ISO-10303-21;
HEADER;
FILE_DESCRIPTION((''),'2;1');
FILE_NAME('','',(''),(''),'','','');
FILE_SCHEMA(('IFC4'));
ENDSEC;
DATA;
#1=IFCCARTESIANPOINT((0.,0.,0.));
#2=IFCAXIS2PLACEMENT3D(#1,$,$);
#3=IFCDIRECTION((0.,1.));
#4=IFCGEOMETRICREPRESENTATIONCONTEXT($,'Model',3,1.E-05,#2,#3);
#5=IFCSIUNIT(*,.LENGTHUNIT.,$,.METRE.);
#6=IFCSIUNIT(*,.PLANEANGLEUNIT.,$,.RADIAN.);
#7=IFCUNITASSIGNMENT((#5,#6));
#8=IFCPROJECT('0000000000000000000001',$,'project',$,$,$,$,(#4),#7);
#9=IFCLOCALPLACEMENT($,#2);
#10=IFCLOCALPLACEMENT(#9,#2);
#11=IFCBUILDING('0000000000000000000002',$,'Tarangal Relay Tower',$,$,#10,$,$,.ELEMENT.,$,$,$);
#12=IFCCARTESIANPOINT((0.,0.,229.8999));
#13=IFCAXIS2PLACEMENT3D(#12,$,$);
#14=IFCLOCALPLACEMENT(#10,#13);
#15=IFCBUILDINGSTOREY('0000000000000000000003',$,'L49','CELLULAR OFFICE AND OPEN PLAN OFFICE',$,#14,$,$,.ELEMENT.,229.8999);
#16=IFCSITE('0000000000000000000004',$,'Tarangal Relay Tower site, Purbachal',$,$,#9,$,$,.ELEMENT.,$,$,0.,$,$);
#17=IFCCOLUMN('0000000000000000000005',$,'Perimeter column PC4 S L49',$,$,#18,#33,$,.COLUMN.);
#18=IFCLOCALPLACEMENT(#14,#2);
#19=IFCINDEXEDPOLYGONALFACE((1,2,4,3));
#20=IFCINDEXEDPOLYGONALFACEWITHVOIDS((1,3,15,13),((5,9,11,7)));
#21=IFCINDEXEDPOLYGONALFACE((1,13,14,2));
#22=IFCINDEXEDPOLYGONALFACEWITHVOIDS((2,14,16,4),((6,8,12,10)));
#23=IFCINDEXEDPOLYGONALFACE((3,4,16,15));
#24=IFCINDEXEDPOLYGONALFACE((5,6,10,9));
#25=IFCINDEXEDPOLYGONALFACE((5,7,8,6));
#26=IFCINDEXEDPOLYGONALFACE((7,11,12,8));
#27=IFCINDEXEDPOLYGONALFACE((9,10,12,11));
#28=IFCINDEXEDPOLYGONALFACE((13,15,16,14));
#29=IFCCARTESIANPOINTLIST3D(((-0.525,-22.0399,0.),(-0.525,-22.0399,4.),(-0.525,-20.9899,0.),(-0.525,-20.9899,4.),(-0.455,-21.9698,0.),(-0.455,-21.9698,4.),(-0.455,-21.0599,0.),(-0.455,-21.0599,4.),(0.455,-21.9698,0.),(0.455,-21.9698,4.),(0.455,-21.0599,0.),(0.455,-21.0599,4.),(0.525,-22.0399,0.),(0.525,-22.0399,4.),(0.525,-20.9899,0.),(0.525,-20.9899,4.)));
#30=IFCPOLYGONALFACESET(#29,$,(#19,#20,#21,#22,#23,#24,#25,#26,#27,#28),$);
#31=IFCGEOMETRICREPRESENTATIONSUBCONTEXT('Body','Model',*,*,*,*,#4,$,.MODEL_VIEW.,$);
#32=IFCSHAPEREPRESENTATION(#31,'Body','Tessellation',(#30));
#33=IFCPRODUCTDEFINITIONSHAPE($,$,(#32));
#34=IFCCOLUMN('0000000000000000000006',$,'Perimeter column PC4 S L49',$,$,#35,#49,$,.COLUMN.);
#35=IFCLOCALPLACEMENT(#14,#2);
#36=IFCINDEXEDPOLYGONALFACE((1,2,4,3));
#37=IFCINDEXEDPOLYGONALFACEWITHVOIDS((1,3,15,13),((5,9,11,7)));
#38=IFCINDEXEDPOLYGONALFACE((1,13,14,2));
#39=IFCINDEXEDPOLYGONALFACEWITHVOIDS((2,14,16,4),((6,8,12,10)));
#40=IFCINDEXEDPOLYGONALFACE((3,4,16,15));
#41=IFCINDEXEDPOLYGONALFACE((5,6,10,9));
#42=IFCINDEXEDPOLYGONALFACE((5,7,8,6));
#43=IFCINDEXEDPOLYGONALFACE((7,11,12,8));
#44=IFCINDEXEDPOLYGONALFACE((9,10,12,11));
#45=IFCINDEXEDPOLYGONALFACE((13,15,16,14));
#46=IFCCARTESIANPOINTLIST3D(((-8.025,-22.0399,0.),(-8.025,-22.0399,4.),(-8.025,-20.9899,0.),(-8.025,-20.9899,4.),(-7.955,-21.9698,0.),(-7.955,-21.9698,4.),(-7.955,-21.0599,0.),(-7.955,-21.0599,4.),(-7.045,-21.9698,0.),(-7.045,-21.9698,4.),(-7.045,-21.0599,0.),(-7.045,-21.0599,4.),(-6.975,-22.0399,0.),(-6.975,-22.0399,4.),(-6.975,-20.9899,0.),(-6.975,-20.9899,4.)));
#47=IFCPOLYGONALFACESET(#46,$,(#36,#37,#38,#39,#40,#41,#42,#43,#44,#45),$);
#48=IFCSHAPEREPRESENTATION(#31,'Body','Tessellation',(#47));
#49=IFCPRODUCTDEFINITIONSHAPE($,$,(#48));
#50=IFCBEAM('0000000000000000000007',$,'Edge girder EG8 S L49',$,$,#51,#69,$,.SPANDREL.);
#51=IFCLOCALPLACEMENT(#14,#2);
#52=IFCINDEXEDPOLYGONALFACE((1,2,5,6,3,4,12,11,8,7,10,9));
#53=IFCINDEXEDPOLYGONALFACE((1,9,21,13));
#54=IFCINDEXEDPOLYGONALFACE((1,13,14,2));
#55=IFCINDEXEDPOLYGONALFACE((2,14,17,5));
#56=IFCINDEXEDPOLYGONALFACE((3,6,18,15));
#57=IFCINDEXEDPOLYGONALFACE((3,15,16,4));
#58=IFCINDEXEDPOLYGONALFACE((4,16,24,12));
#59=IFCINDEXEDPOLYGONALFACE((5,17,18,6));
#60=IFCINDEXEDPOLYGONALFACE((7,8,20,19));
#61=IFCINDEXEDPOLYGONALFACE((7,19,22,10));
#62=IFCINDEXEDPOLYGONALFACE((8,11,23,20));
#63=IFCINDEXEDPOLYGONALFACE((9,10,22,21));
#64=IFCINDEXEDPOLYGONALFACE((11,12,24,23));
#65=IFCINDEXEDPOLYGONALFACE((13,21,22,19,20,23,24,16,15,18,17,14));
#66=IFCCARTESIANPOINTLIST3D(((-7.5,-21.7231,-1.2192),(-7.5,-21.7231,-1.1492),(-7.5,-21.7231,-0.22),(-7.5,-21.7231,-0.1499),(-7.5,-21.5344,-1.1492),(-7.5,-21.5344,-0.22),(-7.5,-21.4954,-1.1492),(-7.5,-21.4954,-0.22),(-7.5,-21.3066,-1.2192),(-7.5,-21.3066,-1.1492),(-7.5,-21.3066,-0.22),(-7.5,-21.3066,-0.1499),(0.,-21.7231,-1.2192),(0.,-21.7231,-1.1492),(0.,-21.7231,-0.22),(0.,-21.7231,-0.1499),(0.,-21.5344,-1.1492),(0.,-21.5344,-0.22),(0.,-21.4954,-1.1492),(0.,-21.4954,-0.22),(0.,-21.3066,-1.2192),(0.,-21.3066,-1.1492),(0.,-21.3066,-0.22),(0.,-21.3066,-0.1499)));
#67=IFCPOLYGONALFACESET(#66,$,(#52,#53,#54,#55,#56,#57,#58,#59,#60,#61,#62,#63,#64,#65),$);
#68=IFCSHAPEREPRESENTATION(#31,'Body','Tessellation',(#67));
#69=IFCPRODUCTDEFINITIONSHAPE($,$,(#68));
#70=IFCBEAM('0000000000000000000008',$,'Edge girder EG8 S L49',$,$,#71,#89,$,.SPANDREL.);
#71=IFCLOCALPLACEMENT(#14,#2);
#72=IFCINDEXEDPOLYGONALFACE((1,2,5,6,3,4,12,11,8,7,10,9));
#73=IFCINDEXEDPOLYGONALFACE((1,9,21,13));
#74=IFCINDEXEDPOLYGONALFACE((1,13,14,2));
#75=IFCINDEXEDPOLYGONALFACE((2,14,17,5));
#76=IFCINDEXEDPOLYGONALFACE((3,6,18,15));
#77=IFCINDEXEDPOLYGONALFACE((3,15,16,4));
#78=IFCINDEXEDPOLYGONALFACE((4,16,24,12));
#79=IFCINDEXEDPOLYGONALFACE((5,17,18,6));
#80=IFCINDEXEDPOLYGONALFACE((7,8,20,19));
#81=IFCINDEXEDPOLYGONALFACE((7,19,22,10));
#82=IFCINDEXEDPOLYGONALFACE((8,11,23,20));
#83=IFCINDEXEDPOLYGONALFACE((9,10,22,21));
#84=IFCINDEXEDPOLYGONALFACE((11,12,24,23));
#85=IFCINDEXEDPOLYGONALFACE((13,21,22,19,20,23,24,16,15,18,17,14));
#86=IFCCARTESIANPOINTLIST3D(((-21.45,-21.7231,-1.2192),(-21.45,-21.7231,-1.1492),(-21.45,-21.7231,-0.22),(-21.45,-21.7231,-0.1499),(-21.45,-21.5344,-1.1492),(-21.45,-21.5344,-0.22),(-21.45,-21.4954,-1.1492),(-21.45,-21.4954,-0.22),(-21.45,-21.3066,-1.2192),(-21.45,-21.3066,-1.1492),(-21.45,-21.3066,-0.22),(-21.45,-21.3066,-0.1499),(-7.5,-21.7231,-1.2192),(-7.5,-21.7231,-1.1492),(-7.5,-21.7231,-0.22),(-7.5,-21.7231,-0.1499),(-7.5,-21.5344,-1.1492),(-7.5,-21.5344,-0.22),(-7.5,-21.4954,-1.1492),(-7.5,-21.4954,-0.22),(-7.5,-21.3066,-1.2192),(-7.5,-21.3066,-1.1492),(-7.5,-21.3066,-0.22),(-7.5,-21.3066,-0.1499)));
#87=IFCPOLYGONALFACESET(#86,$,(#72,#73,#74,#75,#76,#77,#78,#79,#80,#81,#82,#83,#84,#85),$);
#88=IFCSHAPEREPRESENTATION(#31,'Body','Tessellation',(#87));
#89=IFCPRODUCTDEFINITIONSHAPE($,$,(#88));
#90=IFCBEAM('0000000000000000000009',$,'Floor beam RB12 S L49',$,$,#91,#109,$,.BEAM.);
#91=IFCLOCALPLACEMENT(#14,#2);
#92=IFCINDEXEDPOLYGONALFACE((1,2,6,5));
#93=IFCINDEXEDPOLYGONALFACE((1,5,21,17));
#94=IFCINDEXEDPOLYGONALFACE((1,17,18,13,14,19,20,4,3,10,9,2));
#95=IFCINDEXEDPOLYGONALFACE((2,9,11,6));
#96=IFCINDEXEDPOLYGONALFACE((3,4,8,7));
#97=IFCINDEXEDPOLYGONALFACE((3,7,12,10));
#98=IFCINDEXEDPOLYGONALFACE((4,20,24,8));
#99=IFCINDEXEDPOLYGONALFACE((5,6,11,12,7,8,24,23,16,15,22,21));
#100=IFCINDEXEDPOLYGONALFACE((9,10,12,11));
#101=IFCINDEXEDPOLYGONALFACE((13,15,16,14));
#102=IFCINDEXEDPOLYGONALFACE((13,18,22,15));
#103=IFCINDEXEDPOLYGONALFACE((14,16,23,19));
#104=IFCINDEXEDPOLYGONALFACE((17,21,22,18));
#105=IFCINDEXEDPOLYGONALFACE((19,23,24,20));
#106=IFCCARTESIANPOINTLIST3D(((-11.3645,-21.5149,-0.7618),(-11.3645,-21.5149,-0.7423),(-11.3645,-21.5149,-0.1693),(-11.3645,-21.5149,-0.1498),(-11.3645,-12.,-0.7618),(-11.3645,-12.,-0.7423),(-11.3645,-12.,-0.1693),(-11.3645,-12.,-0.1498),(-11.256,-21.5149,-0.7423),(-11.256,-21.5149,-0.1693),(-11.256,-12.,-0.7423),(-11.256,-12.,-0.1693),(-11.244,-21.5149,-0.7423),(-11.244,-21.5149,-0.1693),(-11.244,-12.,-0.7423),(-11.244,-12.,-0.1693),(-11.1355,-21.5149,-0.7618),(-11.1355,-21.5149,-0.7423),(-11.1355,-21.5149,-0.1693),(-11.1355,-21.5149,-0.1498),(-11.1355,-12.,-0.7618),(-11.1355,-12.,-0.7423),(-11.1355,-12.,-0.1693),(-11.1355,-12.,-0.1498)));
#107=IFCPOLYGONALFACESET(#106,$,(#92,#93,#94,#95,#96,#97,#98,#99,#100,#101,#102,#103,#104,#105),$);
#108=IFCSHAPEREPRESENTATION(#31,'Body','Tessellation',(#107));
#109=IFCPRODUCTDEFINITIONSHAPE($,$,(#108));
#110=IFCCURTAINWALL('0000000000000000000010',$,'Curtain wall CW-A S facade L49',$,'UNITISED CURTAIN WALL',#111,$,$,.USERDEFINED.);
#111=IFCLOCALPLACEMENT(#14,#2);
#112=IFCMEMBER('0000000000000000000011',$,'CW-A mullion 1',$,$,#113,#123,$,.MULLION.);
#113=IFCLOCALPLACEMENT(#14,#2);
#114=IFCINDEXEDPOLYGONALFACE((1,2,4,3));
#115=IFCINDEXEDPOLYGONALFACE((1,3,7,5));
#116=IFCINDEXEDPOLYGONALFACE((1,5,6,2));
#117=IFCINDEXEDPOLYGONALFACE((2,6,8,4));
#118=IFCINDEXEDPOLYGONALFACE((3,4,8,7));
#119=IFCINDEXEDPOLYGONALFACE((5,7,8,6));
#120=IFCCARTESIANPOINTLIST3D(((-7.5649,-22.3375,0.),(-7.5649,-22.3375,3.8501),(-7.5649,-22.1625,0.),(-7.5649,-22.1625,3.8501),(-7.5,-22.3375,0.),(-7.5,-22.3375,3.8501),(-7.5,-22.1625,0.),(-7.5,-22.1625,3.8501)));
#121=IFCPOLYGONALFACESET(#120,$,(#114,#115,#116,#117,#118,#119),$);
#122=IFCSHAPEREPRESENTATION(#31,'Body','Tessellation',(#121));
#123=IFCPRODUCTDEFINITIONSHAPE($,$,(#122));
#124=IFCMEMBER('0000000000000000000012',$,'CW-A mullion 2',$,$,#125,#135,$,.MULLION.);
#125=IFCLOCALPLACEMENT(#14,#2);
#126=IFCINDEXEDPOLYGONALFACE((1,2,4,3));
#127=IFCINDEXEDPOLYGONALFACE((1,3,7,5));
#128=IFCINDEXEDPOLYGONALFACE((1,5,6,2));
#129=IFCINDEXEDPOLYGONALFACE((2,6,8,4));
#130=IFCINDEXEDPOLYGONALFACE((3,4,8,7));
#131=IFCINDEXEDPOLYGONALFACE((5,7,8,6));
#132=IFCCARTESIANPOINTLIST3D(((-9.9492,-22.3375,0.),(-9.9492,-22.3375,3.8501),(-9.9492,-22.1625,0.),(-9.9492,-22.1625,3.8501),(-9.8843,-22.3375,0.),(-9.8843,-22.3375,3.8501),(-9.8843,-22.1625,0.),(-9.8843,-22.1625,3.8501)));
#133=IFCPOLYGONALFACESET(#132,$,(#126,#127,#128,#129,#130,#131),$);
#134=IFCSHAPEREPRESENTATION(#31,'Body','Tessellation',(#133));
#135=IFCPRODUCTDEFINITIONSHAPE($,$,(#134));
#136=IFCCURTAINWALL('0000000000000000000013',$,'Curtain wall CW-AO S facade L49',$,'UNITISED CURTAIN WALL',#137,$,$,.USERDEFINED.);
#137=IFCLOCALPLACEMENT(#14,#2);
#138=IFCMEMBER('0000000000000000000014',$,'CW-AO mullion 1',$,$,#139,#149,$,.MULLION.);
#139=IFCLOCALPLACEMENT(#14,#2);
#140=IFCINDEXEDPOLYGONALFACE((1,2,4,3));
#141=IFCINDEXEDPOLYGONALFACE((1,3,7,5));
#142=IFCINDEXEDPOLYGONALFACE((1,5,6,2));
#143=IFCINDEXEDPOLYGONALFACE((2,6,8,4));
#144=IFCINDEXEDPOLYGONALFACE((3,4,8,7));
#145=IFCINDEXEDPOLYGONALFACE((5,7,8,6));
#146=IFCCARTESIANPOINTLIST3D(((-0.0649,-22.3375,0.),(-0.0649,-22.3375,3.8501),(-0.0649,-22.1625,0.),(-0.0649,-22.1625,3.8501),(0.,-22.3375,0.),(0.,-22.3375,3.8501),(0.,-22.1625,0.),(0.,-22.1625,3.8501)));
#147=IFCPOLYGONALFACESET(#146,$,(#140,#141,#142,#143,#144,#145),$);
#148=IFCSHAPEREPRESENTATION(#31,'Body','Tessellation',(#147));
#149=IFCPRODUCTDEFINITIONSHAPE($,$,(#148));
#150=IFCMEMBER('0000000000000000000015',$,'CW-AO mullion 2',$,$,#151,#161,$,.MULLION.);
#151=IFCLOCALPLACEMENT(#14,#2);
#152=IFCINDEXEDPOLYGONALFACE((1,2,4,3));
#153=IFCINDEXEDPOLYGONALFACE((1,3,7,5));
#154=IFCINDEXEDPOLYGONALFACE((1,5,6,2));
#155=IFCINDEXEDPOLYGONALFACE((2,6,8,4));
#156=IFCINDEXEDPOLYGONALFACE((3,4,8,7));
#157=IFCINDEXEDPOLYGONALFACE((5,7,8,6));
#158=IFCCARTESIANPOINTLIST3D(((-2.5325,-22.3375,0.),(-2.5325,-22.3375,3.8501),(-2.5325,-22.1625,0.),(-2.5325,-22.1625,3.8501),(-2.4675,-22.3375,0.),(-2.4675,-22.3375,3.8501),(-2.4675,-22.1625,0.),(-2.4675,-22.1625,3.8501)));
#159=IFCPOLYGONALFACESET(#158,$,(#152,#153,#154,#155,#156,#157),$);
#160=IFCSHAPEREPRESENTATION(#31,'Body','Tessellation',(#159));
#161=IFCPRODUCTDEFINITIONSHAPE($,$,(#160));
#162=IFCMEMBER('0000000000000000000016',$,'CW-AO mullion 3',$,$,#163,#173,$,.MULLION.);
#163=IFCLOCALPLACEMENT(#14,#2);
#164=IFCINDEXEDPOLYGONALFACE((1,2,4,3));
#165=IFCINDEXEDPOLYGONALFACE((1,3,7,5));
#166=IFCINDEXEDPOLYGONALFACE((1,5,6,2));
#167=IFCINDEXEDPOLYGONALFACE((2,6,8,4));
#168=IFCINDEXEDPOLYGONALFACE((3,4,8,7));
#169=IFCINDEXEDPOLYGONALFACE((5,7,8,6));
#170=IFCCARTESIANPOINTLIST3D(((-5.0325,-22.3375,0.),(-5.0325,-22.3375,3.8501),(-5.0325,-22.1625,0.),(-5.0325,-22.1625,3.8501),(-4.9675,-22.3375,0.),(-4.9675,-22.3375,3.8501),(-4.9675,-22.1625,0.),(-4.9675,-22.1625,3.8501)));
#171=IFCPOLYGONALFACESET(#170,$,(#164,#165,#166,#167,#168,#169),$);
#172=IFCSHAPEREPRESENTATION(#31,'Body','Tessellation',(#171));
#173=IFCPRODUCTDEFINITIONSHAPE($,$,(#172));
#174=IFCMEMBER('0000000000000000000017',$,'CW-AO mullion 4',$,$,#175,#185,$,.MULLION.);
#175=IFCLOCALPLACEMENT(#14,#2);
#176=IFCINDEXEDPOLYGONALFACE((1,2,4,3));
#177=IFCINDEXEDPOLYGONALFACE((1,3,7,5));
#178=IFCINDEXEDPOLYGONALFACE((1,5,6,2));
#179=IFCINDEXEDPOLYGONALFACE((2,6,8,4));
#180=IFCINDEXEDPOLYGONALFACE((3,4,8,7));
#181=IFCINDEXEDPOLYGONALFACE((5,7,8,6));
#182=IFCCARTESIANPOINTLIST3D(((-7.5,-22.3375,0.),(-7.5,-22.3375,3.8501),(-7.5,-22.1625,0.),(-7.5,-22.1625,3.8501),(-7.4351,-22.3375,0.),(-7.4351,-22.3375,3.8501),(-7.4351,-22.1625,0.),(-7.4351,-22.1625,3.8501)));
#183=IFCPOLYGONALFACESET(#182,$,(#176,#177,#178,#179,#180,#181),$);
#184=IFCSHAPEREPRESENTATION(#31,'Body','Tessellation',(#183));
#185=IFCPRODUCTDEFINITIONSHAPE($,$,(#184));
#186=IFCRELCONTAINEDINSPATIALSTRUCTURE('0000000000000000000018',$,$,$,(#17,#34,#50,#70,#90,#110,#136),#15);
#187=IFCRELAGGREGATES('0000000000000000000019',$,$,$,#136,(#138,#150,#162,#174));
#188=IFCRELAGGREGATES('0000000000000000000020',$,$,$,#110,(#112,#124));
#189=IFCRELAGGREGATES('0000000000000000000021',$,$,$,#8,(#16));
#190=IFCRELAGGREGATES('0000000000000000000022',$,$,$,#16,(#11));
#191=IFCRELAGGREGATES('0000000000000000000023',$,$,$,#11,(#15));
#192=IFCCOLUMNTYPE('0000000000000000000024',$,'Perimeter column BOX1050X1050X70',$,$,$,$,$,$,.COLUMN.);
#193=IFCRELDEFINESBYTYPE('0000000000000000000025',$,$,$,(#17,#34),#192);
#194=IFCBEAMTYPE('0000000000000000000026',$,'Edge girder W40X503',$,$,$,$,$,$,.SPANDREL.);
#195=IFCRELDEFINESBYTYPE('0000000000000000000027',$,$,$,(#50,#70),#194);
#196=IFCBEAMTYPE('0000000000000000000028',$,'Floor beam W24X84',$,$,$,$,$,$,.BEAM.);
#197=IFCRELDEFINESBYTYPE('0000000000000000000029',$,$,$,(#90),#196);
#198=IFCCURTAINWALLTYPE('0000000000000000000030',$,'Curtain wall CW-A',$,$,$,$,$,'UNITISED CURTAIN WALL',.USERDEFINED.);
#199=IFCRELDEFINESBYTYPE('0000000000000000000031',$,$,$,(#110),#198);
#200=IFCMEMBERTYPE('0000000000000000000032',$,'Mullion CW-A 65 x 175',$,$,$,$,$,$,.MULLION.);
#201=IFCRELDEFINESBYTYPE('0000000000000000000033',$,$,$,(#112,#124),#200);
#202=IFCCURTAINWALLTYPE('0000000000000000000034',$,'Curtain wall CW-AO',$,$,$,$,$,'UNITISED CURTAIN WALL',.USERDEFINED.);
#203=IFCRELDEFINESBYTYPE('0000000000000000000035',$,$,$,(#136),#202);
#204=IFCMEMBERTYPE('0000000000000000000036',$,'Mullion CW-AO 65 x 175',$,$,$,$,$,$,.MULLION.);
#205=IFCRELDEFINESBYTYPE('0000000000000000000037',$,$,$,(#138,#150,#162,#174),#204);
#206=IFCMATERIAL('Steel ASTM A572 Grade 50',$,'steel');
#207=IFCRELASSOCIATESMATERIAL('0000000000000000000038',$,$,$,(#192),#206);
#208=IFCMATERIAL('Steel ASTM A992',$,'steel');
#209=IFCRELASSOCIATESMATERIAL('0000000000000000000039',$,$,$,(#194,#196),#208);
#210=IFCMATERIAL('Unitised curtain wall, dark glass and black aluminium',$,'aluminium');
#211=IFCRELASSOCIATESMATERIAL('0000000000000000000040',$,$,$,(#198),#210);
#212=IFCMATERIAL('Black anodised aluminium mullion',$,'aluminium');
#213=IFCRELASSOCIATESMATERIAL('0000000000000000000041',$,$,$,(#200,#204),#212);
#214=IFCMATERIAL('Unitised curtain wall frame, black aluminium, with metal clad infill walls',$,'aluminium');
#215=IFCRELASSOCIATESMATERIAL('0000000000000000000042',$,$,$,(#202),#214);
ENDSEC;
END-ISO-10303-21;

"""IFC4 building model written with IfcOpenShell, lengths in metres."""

from ifc_helpers import new_model, si_unit, direction, frame, origin, origin_2d, place, context, subcontext, project, spatial, rectangle, hollow_rectangle, i_section, extrude, material, material_profile, profile_set, type_object, element, aggregate, save


model = new_model("IFC4")

# Units and contexts
model_context = context("Model", 3, precision=1e-05, world=origin(), true_north=direction((0.0, 1.0)))
body_context = subcontext(model_context, "Body", "Model", "MODEL_VIEW")
ifc_project = project(units=[si_unit("LENGTHUNIT", "METRE"), si_unit("PLANEANGLEUNIT", "RADIAN")], contexts=[model_context])

# Site, building, storey
site_placement = place(None, origin())
site = spatial("IfcSite", under=ifc_project, at=site_placement, Name="Tarangal Relay Tower site, Purbachal", CompositionType="ELEMENT", RefElevation=0.0)
building_placement = place(site_placement, origin())
building = spatial("IfcBuilding", under=site, at=building_placement, Name="Tarangal Relay Tower", CompositionType="ELEMENT")
storey_placement = place(building_placement, frame((0.0, 0.0, 229.8999)))
storey = spatial("IfcBuildingStorey", under=building, at=storey_placement, Name="L49", Description="CELLULAR OFFICE AND OPEN PLAN OFFICE", CompositionType="ELEMENT", Elevation=229.8999)

# Columns
ifc_material_1 = material(Name="Steel ASTM A572 Grade 50", Category="steel")
ifc_material_profile_1 = material_profile(ifc_material_1, hollow_rectangle(XDim=1.05, YDim=1.05, WallThickness=0.0701, at=origin_2d()), Name="BOX1050X1050X70")
ifc_profile_set_1 = profile_set([ifc_material_profile_1], Name="Steel ASTM A572 Grade 50")
column_type = type_object("IfcColumnType", Name="Perimeter column BOX1050X1050X70", PredefinedType="COLUMN", material=ifc_profile_set_1)
for number, where, z_axis, x_axis, name in (
    (1, (0.0, -21.5149, 0.0), (0.0, 0.0, 1.0), (1.0, 0.0, 0.0), "Perimeter column PC4 S L49"),
    (2, (-7.5, -21.5149, 0.0), (0.0, 0.0, 1.0), (1.0, 0.0, 0.0), "Perimeter column PC4 S L49"),
):
    element("IfcColumn", number, at=place(storey_placement, frame(where, z_axis=z_axis, x_axis=x_axis)), inside=storey, type_object=column_type, Name=name, PredefinedType="COLUMN", context=body_context, shape_type="SweptSolid", body=[
        extrude(hollow_rectangle(XDim=1.05, YDim=1.05, WallThickness=0.0701, at=origin_2d()), origin(), (0.0, 0.0, 1.0), 4.0),
    ])

# Beams
ifc_material_2 = material(Name="Steel ASTM A992", Category="steel")
ifc_material_profile_2 = material_profile(ifc_material_2, i_section(OverallWidth=0.4165, OverallDepth=1.0693, WebThickness=0.0391, FlangeThickness=0.0701, at=origin_2d()), Name="W40X503")
ifc_profile_set_2 = profile_set([ifc_material_profile_2], Name="Steel ASTM A992")
beam_type_1 = type_object("IfcBeamType", Name="Edge girder W40X503", PredefinedType="SPANDREL", material=ifc_profile_set_2)
beam_1_placement = place(storey_placement, frame((0.0, -21.5149, -0.6846), z_axis=(-1.0, 0.0, 0.0), x_axis=(0.0, -1.0, 0.0)))
element("IfcBeam", 3, at=beam_1_placement, inside=storey, type_object=beam_type_1, Name="Edge girder EG8 S L49", PredefinedType="SPANDREL", context=body_context, shape_type="SweptSolid", body=[
    extrude(i_section(OverallWidth=0.4165, OverallDepth=1.0693, WebThickness=0.0391, FlangeThickness=0.0701, at=origin_2d()), origin(), (0.0, 0.0, 1.0), 7.5),
])
beam_2_placement = place(storey_placement, frame((-7.5, -21.5149, -0.6846), z_axis=(-1.0, 0.0, 0.0), x_axis=(0.0, -1.0, 0.0)))
element("IfcBeam", 4, at=beam_2_placement, inside=storey, type_object=beam_type_1, Name="Edge girder EG8 S L49", PredefinedType="SPANDREL", context=body_context, shape_type="SweptSolid", body=[
    extrude(i_section(OverallWidth=0.4165, OverallDepth=1.0693, WebThickness=0.0391, FlangeThickness=0.0701, at=origin_2d()), origin(), (0.0, 0.0, 1.0), 13.95),
])
ifc_material_profile_3 = material_profile(ifc_material_2, i_section(OverallWidth=0.229, OverallDepth=0.6121, WebThickness=0.012, FlangeThickness=0.0195, at=origin_2d()), Name="W24X84")
ifc_profile_set_3 = profile_set([ifc_material_profile_3], Name="Steel ASTM A992")
beam_type_2 = type_object("IfcBeamType", Name="Floor beam W24X84", PredefinedType="BEAM", material=ifc_profile_set_3)
beam_3_placement = place(storey_placement, frame((-11.25, -12.0, -0.4558), z_axis=(0.0, -1.0, 0.0), x_axis=(1.0, 0.0, 0.0)))
element("IfcBeam", 5, at=beam_3_placement, inside=storey, type_object=beam_type_2, Name="Floor beam RB12 S L49", PredefinedType="BEAM", context=body_context, shape_type="SweptSolid", body=[
    extrude(i_section(OverallWidth=0.229, OverallDepth=0.6121, WebThickness=0.012, FlangeThickness=0.0195, at=origin_2d()), origin(), (0.0, 0.0, 1.0), 9.5149),
])

# Curtain walls, members
ifc_material_3 = material(Name="Unitised curtain wall, dark glass and black aluminium", Category="aluminium")
curtain_wall_type_1 = type_object("IfcCurtainWallType", Name="Curtain wall CW-A", ElementType="UNITISED CURTAIN WALL", PredefinedType="USERDEFINED", material=ifc_material_3)
curtain_wall_1_placement = place(storey_placement, origin())
curtain_wall_1 = element("IfcCurtainWall", 6, at=curtain_wall_1_placement, inside=storey, type_object=curtain_wall_type_1, Name="Curtain wall CW-A S facade L49", ObjectType="UNITISED CURTAIN WALL", PredefinedType="USERDEFINED")
ifc_material_4 = material(Name="Black anodised aluminium mullion", Category="aluminium")
ifc_material_profile_4 = material_profile(ifc_material_4, rectangle(XDim=0.175, YDim=0.0649, at=origin_2d()), Name="CW-AM 65X175")
ifc_profile_set_4 = profile_set([ifc_material_profile_4], Name="Black anodised aluminium mullion")
member_type_1 = type_object("IfcMemberType", Name="Mullion CW-A 65 x 175", PredefinedType="MULLION", material=ifc_profile_set_4)
member_1_placement = place(storey_placement, frame((-7.5325, -22.25, 0.0), z_axis=(0.0, 0.0, 1.0), x_axis=(0.0, -1.0, 0.0)))
member_1 = element("IfcMember", 7, at=member_1_placement, type_object=member_type_1, Name="CW-A mullion 1", PredefinedType="MULLION", context=body_context, shape_type="SweptSolid", body=[
    extrude(rectangle(XDim=0.175, YDim=0.0649, at=origin_2d()), origin(), (0.0, 0.0, 1.0), 3.8501),
])
member_2_placement = place(storey_placement, frame((-9.9167, -22.25, 0.0), z_axis=(0.0, 0.0, 1.0), x_axis=(0.0, -1.0, 0.0)))
member_2 = element("IfcMember", 8, at=member_2_placement, type_object=member_type_1, Name="CW-A mullion 2", PredefinedType="MULLION", context=body_context, shape_type="SweptSolid", body=[
    extrude(rectangle(XDim=0.175, YDim=0.0649, at=origin_2d()), origin(), (0.0, 0.0, 1.0), 3.8501),
])
ifc_material_5 = material(Name="Unitised curtain wall frame, black aluminium, with metal clad infill walls", Category="aluminium")
curtain_wall_type_2 = type_object("IfcCurtainWallType", Name="Curtain wall CW-AO", ElementType="UNITISED CURTAIN WALL", PredefinedType="USERDEFINED", material=ifc_material_5)
curtain_wall_2_placement = place(storey_placement, origin())
curtain_wall_2 = element("IfcCurtainWall", 9, at=curtain_wall_2_placement, inside=storey, type_object=curtain_wall_type_2, Name="Curtain wall CW-AO S facade L49", ObjectType="UNITISED CURTAIN WALL", PredefinedType="USERDEFINED")
ifc_material_profile_5 = material_profile(ifc_material_4, rectangle(XDim=0.175, YDim=0.0649, at=origin_2d()), Name="CW-AOM 65X175")
ifc_profile_set_5 = profile_set([ifc_material_profile_5], Name="Black anodised aluminium mullion")
member_type_2 = type_object("IfcMemberType", Name="Mullion CW-AO 65 x 175", PredefinedType="MULLION", material=ifc_profile_set_5)
member_3_placement = place(storey_placement, frame((-0.0325, -22.25, 0.0), z_axis=(0.0, 0.0, 1.0), x_axis=(0.0, -1.0, 0.0)))
member_3 = element("IfcMember", 10, at=member_3_placement, type_object=member_type_2, Name="CW-AO mullion 1", PredefinedType="MULLION", context=body_context, shape_type="SweptSolid", body=[
    extrude(rectangle(XDim=0.175, YDim=0.0649, at=origin_2d()), origin(), (0.0, 0.0, 1.0), 3.8501),
])
member_4_placement = place(storey_placement, frame((-2.5, -22.25, 0.0), z_axis=(0.0, 0.0, 1.0), x_axis=(0.0, -1.0, 0.0)))
member_4 = element("IfcMember", 11, at=member_4_placement, type_object=member_type_2, Name="CW-AO mullion 2", PredefinedType="MULLION", context=body_context, shape_type="SweptSolid", body=[
    extrude(rectangle(XDim=0.175, YDim=0.0649, at=origin_2d()), origin(), (0.0, 0.0, 1.0), 3.8501),
])
member_5_placement = place(storey_placement, frame((-5.0, -22.25, 0.0), z_axis=(0.0, 0.0, 1.0), x_axis=(0.0, -1.0, 0.0)))
member_5 = element("IfcMember", 12, at=member_5_placement, type_object=member_type_2, Name="CW-AO mullion 3", PredefinedType="MULLION", context=body_context, shape_type="SweptSolid", body=[
    extrude(rectangle(XDim=0.175, YDim=0.0649, at=origin_2d()), origin(), (0.0, 0.0, 1.0), 3.8501),
])
member_6_placement = place(storey_placement, frame((-7.4675, -22.25, 0.0), z_axis=(0.0, 0.0, 1.0), x_axis=(0.0, -1.0, 0.0)))
member_6 = element("IfcMember", 13, at=member_6_placement, type_object=member_type_2, Name="CW-AO mullion 4", PredefinedType="MULLION", context=body_context, shape_type="SweptSolid", body=[
    extrude(rectangle(XDim=0.175, YDim=0.0649, at=origin_2d()), origin(), (0.0, 0.0, 1.0), 3.8501),
])

aggregate(curtain_wall_2, [member_3, member_4, member_5, member_6])

aggregate(curtain_wall_1, [member_1, member_2])

save(model, "model.ifc")
